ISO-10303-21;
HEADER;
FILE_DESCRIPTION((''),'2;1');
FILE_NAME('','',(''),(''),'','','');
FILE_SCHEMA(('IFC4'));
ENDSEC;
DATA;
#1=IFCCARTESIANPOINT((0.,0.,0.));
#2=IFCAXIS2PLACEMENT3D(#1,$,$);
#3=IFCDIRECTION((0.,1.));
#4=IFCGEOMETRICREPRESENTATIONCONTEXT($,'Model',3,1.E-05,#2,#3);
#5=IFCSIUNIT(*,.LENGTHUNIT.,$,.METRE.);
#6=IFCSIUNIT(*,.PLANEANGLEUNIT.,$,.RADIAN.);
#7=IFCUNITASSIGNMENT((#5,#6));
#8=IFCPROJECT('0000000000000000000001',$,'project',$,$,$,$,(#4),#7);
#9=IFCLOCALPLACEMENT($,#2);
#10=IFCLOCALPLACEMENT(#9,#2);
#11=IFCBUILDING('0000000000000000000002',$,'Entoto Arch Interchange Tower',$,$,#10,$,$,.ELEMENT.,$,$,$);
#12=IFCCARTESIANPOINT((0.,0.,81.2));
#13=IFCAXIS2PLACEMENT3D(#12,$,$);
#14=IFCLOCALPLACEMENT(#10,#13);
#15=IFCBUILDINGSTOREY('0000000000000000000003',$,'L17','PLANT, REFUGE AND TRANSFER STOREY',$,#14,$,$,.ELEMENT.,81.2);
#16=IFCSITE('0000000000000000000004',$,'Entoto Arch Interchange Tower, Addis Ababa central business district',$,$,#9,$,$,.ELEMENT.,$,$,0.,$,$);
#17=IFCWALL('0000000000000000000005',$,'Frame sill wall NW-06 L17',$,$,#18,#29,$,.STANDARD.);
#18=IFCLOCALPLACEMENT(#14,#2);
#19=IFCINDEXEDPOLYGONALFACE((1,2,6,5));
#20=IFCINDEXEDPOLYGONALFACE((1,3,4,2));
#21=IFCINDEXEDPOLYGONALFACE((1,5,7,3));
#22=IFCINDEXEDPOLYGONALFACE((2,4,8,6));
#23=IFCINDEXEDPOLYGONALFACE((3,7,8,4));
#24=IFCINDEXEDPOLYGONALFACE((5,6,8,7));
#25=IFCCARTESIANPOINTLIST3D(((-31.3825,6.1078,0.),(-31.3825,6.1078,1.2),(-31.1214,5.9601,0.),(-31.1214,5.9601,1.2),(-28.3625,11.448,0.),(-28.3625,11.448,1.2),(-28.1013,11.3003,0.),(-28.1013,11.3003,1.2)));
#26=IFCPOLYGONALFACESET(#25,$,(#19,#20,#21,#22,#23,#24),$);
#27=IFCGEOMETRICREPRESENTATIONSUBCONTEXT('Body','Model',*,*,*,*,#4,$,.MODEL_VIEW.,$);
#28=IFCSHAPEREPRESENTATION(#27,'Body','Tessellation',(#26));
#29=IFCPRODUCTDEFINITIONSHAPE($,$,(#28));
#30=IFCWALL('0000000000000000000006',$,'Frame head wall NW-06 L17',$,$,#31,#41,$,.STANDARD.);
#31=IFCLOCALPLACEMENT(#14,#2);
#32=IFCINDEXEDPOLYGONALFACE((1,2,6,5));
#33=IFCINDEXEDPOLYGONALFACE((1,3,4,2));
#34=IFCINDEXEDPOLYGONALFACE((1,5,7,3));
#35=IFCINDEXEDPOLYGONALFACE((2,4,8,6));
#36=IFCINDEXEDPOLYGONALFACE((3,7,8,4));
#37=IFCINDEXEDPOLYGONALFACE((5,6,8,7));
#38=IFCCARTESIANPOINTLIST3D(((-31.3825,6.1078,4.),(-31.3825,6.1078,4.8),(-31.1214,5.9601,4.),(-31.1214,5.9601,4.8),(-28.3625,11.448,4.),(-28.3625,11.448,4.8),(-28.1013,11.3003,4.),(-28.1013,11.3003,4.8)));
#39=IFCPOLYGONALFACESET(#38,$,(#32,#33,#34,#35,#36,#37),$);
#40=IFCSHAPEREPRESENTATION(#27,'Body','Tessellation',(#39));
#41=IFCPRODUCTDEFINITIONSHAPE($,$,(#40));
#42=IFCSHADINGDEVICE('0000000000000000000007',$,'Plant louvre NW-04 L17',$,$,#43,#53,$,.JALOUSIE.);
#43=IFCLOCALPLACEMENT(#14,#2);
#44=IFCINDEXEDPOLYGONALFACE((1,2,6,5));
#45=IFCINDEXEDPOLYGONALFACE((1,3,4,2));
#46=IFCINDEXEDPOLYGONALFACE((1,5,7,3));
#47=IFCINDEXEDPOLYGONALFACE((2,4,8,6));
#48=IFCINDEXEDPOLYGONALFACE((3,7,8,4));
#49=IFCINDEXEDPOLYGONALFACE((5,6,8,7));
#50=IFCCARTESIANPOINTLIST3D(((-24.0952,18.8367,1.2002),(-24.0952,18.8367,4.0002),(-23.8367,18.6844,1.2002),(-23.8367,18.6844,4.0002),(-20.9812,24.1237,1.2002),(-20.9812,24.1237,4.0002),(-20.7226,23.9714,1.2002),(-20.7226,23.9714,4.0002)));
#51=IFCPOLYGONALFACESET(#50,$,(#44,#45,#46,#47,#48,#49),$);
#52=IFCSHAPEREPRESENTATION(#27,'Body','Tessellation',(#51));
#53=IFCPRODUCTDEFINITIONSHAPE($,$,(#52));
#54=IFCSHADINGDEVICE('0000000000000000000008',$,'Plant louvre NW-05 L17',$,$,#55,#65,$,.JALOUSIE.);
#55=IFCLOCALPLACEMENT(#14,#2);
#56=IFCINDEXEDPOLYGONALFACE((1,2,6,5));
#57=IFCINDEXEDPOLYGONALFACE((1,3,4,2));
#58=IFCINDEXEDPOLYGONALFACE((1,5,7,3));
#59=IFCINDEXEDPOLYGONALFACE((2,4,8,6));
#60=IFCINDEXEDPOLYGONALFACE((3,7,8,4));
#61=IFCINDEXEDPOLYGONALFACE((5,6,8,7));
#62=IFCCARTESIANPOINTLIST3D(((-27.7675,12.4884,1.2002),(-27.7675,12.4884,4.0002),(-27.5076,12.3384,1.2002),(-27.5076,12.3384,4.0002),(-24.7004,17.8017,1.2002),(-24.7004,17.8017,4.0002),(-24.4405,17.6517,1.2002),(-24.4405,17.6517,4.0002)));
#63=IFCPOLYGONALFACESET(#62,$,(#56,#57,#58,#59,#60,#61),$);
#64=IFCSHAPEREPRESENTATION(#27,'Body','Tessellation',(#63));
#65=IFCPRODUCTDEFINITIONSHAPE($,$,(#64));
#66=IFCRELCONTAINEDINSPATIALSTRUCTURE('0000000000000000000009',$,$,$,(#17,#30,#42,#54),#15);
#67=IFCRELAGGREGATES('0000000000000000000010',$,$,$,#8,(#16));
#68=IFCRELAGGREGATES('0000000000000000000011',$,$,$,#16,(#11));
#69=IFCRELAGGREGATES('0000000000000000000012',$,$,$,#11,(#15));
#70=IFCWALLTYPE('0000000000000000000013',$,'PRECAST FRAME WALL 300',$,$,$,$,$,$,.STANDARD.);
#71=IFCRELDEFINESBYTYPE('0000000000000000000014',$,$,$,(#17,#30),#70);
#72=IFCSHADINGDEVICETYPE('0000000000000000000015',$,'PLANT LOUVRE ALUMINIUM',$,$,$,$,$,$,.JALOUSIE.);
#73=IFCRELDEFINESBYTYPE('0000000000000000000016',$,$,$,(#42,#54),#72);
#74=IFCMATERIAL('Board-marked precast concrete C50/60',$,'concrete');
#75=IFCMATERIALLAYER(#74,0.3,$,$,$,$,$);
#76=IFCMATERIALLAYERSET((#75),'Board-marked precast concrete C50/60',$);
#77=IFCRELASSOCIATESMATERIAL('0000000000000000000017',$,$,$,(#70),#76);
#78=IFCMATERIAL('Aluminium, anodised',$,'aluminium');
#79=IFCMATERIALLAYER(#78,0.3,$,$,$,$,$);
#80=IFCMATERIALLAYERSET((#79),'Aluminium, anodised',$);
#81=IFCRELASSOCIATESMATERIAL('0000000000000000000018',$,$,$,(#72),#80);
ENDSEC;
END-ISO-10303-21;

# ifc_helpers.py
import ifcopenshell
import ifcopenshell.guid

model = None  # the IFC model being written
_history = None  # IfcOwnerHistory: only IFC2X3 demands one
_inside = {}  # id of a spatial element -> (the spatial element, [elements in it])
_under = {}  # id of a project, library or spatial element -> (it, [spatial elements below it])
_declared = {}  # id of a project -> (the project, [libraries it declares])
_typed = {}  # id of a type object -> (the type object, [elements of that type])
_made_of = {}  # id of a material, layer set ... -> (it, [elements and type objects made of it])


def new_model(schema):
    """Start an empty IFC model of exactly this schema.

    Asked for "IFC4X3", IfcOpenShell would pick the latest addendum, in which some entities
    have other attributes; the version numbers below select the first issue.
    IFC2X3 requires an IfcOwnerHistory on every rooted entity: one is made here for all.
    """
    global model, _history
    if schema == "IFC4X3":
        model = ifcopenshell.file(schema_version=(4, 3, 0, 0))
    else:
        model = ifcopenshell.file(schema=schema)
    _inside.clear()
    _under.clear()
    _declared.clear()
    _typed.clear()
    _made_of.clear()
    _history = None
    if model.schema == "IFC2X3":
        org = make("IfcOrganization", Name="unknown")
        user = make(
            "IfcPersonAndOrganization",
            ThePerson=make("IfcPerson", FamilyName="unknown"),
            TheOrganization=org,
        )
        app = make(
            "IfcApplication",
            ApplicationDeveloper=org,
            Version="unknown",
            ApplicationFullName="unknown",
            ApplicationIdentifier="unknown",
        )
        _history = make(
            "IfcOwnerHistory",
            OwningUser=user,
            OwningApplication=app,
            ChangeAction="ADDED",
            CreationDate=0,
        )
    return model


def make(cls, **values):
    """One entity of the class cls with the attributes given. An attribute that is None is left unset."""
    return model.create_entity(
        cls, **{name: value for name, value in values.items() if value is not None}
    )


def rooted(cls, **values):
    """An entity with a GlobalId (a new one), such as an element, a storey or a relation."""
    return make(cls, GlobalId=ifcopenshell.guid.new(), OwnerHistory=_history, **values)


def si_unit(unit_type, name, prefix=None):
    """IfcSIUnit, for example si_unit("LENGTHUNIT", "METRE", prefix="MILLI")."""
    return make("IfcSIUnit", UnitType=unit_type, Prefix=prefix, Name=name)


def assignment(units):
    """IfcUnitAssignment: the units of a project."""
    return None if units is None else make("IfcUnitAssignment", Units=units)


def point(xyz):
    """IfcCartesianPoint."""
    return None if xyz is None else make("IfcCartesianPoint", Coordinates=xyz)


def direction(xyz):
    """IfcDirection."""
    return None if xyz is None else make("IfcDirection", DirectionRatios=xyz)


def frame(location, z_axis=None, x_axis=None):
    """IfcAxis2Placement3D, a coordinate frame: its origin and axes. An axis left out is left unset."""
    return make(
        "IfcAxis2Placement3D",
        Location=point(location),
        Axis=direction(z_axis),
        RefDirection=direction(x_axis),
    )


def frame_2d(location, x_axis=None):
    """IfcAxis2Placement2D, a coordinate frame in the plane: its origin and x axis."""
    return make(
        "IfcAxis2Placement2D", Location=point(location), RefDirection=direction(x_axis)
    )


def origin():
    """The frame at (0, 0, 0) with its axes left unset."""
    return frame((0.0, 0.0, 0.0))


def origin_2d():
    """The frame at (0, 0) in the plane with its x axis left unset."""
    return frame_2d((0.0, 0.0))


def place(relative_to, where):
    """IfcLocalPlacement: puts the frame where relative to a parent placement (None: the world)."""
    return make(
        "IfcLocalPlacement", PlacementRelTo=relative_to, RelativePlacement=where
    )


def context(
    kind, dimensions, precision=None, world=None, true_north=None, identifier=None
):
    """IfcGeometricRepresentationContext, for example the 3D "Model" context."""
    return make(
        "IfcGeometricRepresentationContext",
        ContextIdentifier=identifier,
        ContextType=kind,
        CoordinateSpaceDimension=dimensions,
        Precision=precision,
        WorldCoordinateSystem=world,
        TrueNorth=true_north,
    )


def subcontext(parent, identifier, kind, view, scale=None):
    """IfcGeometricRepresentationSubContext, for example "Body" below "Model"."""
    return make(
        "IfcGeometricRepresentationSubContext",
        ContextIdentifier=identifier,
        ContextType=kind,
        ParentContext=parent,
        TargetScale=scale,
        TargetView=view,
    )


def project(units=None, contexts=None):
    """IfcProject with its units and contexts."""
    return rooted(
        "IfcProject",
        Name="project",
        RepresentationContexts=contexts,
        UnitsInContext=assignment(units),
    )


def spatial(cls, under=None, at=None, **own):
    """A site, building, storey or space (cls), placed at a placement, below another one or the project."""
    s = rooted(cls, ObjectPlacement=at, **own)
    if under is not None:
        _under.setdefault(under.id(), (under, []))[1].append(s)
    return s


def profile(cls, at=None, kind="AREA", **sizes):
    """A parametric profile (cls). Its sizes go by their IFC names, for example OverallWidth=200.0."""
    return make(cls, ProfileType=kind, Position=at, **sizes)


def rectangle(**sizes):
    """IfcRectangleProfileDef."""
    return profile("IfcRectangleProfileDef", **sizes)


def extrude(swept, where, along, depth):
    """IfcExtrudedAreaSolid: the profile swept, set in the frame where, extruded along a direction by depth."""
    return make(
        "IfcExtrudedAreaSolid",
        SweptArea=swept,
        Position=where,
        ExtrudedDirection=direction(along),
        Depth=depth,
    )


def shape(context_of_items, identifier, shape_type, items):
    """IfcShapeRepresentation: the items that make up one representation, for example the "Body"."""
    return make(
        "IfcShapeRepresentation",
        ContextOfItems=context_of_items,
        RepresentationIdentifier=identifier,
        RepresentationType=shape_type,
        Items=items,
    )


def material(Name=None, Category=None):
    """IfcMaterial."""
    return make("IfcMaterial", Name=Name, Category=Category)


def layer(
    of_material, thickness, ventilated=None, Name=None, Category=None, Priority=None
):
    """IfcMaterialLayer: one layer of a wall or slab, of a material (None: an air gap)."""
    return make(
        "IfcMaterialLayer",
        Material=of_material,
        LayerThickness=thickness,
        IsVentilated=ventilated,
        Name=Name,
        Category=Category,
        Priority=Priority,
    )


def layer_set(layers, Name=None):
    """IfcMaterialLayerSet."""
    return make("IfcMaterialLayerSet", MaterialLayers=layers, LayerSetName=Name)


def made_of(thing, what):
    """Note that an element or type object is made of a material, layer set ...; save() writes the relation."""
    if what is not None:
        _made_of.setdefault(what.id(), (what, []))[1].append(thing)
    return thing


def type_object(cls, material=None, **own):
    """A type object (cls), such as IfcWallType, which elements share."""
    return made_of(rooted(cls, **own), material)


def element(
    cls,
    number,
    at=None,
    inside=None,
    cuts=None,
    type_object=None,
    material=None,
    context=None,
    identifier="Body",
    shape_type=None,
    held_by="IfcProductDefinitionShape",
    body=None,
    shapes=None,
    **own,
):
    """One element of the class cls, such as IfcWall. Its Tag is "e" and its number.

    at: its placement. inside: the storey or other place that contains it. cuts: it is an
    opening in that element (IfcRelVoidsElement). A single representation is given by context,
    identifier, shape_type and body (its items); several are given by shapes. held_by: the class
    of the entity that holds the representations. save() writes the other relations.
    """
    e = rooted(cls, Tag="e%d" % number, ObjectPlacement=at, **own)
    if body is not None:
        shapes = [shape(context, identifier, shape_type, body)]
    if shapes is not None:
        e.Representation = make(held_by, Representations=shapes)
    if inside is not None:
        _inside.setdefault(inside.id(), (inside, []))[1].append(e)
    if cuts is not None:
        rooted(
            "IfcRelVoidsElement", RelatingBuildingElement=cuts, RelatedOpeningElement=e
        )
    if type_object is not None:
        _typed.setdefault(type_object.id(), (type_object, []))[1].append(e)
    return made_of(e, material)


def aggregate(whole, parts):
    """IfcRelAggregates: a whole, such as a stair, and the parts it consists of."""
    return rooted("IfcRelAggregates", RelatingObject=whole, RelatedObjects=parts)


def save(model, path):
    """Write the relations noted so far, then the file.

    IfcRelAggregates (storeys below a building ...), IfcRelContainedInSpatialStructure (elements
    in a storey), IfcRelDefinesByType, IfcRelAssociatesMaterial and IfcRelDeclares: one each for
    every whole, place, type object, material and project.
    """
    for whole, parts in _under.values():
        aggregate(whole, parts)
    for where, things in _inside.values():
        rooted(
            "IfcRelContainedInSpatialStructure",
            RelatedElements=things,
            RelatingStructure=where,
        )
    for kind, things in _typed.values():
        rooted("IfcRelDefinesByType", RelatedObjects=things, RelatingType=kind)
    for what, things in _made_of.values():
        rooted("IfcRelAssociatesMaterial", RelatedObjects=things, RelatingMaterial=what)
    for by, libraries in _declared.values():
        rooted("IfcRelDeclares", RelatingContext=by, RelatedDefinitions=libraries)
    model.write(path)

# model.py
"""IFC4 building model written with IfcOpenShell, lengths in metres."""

from ifc_helpers import new_model, si_unit, direction, frame, frame_2d, origin, origin_2d, place, context, subcontext, project, spatial, rectangle, extrude, material, layer, layer_set, type_object, element, save


model = new_model("IFC4")

# Units and contexts
model_context = context("Model", 3, precision=1e-05, world=origin(), true_north=direction((0.0, 1.0)))
body_context = subcontext(model_context, "Body", "Model", "MODEL_VIEW")
ifc_project = project(units=[si_unit("LENGTHUNIT", "METRE"), si_unit("PLANEANGLEUNIT", "RADIAN")], contexts=[model_context])

# Site, building, storey
site_placement = place(None, origin())
site = spatial("IfcSite", under=ifc_project, at=site_placement, Name="Entoto Arch Interchange Tower, Addis Ababa central business district", CompositionType="ELEMENT", RefElevation=0.0)
building_placement = place(site_placement, origin())
building = spatial("IfcBuilding", under=site, at=building_placement, Name="Entoto Arch Interchange Tower", CompositionType="ELEMENT")
storey_placement = place(building_placement, frame((0.0, 0.0, 81.2)))
storey = spatial("IfcBuildingStorey", under=building, at=storey_placement, Name="L17", Description="PLANT, REFUGE AND TRANSFER STOREY", CompositionType="ELEMENT", Elevation=81.2)

# Walls
ifc_material_1 = material(Name="Board-marked precast concrete C50/60", Category="concrete")
ifc_layer_1 = layer(ifc_material_1, 0.3)
ifc_layer_set_1 = layer_set([ifc_layer_1], Name="Board-marked precast concrete C50/60")
wall_type_1 = type_object("IfcWallType", Name="PRECAST FRAME WALL 300", PredefinedType="STANDARD", material=ifc_layer_set_1)
wall_1_placement = place(storey_placement, frame((-28.2319, 11.374, 0.0), z_axis=(0.0, 0.0, 1.0), x_axis=(-0.492268, -0.870443, 0.0)))
element("IfcWall", 1, at=wall_1_placement, inside=storey, type_object=wall_type_1, Name="Frame sill wall NW-06 L17", PredefinedType="STANDARD", context=body_context, shape_type="SweptSolid", body=[
    extrude(rectangle(XDim=6.135, YDim=0.3, at=frame_2d((3.0674, 0.0))), origin(), (0.0, 0.0, 1.0), 1.2),
])
wall_2_placement = place(storey_placement, frame((-28.2319, 11.374, 4.0), z_axis=(0.0, 0.0, 1.0), x_axis=(-0.492268, -0.870443, 0.0)))
element("IfcWall", 2, at=wall_2_placement, inside=storey, type_object=wall_type_1, Name="Frame head wall NW-06 L17", PredefinedType="STANDARD", context=body_context, shape_type="SweptSolid", body=[
    extrude(rectangle(XDim=6.135, YDim=0.3, at=frame_2d((3.0674, 0.0))), origin(), (0.0, 0.0, 1.0), 0.8),
])

# Shading devices
ifc_material_2 = material(Name="Aluminium, anodised", Category="aluminium")
ifc_layer_2 = layer(ifc_material_2, 0.3)
ifc_layer_set_2 = layer_set([ifc_layer_2], Name="Aluminium, anodised")
shading_device_type = type_object("IfcShadingDeviceType", Name="PLANT LOUVRE ALUMINIUM", PredefinedType="JALOUSIE", material=ifc_layer_set_2)
shading_device_1_placement = place(storey_placement, frame((-22.4089, 21.4041, 1.2002), z_axis=(0.0, 0.0, 1.0), x_axis=(-0.507508, -0.861647, 0.0)))
element("IfcShadingDevice", 3, at=shading_device_1_placement, inside=storey, type_object=shading_device_type, Name="Plant louvre NW-04 L17", PredefinedType="JALOUSIE", context=body_context, shape_type="SweptSolid", body=[
    extrude(rectangle(XDim=6.136, YDim=0.3, at=origin_2d()), origin(), (0.0, 0.0, 1.0), 2.8),
])
shading_device_2_placement = place(storey_placement, frame((-26.104, 15.0701, 1.2002), z_axis=(0.0, 0.0, 1.0), x_axis=(-0.49994, -0.86606, 0.0)))
element("IfcShadingDevice", 4, at=shading_device_2_placement, inside=storey, type_object=shading_device_type, Name="Plant louvre NW-05 L17", PredefinedType="JALOUSIE", context=body_context, shape_type="SweptSolid", body=[
    extrude(rectangle(XDim=6.135, YDim=0.3, at=origin_2d()), origin(), (0.0, 0.0, 1.0), 2.8),
])

save(model, "model.ifc")
